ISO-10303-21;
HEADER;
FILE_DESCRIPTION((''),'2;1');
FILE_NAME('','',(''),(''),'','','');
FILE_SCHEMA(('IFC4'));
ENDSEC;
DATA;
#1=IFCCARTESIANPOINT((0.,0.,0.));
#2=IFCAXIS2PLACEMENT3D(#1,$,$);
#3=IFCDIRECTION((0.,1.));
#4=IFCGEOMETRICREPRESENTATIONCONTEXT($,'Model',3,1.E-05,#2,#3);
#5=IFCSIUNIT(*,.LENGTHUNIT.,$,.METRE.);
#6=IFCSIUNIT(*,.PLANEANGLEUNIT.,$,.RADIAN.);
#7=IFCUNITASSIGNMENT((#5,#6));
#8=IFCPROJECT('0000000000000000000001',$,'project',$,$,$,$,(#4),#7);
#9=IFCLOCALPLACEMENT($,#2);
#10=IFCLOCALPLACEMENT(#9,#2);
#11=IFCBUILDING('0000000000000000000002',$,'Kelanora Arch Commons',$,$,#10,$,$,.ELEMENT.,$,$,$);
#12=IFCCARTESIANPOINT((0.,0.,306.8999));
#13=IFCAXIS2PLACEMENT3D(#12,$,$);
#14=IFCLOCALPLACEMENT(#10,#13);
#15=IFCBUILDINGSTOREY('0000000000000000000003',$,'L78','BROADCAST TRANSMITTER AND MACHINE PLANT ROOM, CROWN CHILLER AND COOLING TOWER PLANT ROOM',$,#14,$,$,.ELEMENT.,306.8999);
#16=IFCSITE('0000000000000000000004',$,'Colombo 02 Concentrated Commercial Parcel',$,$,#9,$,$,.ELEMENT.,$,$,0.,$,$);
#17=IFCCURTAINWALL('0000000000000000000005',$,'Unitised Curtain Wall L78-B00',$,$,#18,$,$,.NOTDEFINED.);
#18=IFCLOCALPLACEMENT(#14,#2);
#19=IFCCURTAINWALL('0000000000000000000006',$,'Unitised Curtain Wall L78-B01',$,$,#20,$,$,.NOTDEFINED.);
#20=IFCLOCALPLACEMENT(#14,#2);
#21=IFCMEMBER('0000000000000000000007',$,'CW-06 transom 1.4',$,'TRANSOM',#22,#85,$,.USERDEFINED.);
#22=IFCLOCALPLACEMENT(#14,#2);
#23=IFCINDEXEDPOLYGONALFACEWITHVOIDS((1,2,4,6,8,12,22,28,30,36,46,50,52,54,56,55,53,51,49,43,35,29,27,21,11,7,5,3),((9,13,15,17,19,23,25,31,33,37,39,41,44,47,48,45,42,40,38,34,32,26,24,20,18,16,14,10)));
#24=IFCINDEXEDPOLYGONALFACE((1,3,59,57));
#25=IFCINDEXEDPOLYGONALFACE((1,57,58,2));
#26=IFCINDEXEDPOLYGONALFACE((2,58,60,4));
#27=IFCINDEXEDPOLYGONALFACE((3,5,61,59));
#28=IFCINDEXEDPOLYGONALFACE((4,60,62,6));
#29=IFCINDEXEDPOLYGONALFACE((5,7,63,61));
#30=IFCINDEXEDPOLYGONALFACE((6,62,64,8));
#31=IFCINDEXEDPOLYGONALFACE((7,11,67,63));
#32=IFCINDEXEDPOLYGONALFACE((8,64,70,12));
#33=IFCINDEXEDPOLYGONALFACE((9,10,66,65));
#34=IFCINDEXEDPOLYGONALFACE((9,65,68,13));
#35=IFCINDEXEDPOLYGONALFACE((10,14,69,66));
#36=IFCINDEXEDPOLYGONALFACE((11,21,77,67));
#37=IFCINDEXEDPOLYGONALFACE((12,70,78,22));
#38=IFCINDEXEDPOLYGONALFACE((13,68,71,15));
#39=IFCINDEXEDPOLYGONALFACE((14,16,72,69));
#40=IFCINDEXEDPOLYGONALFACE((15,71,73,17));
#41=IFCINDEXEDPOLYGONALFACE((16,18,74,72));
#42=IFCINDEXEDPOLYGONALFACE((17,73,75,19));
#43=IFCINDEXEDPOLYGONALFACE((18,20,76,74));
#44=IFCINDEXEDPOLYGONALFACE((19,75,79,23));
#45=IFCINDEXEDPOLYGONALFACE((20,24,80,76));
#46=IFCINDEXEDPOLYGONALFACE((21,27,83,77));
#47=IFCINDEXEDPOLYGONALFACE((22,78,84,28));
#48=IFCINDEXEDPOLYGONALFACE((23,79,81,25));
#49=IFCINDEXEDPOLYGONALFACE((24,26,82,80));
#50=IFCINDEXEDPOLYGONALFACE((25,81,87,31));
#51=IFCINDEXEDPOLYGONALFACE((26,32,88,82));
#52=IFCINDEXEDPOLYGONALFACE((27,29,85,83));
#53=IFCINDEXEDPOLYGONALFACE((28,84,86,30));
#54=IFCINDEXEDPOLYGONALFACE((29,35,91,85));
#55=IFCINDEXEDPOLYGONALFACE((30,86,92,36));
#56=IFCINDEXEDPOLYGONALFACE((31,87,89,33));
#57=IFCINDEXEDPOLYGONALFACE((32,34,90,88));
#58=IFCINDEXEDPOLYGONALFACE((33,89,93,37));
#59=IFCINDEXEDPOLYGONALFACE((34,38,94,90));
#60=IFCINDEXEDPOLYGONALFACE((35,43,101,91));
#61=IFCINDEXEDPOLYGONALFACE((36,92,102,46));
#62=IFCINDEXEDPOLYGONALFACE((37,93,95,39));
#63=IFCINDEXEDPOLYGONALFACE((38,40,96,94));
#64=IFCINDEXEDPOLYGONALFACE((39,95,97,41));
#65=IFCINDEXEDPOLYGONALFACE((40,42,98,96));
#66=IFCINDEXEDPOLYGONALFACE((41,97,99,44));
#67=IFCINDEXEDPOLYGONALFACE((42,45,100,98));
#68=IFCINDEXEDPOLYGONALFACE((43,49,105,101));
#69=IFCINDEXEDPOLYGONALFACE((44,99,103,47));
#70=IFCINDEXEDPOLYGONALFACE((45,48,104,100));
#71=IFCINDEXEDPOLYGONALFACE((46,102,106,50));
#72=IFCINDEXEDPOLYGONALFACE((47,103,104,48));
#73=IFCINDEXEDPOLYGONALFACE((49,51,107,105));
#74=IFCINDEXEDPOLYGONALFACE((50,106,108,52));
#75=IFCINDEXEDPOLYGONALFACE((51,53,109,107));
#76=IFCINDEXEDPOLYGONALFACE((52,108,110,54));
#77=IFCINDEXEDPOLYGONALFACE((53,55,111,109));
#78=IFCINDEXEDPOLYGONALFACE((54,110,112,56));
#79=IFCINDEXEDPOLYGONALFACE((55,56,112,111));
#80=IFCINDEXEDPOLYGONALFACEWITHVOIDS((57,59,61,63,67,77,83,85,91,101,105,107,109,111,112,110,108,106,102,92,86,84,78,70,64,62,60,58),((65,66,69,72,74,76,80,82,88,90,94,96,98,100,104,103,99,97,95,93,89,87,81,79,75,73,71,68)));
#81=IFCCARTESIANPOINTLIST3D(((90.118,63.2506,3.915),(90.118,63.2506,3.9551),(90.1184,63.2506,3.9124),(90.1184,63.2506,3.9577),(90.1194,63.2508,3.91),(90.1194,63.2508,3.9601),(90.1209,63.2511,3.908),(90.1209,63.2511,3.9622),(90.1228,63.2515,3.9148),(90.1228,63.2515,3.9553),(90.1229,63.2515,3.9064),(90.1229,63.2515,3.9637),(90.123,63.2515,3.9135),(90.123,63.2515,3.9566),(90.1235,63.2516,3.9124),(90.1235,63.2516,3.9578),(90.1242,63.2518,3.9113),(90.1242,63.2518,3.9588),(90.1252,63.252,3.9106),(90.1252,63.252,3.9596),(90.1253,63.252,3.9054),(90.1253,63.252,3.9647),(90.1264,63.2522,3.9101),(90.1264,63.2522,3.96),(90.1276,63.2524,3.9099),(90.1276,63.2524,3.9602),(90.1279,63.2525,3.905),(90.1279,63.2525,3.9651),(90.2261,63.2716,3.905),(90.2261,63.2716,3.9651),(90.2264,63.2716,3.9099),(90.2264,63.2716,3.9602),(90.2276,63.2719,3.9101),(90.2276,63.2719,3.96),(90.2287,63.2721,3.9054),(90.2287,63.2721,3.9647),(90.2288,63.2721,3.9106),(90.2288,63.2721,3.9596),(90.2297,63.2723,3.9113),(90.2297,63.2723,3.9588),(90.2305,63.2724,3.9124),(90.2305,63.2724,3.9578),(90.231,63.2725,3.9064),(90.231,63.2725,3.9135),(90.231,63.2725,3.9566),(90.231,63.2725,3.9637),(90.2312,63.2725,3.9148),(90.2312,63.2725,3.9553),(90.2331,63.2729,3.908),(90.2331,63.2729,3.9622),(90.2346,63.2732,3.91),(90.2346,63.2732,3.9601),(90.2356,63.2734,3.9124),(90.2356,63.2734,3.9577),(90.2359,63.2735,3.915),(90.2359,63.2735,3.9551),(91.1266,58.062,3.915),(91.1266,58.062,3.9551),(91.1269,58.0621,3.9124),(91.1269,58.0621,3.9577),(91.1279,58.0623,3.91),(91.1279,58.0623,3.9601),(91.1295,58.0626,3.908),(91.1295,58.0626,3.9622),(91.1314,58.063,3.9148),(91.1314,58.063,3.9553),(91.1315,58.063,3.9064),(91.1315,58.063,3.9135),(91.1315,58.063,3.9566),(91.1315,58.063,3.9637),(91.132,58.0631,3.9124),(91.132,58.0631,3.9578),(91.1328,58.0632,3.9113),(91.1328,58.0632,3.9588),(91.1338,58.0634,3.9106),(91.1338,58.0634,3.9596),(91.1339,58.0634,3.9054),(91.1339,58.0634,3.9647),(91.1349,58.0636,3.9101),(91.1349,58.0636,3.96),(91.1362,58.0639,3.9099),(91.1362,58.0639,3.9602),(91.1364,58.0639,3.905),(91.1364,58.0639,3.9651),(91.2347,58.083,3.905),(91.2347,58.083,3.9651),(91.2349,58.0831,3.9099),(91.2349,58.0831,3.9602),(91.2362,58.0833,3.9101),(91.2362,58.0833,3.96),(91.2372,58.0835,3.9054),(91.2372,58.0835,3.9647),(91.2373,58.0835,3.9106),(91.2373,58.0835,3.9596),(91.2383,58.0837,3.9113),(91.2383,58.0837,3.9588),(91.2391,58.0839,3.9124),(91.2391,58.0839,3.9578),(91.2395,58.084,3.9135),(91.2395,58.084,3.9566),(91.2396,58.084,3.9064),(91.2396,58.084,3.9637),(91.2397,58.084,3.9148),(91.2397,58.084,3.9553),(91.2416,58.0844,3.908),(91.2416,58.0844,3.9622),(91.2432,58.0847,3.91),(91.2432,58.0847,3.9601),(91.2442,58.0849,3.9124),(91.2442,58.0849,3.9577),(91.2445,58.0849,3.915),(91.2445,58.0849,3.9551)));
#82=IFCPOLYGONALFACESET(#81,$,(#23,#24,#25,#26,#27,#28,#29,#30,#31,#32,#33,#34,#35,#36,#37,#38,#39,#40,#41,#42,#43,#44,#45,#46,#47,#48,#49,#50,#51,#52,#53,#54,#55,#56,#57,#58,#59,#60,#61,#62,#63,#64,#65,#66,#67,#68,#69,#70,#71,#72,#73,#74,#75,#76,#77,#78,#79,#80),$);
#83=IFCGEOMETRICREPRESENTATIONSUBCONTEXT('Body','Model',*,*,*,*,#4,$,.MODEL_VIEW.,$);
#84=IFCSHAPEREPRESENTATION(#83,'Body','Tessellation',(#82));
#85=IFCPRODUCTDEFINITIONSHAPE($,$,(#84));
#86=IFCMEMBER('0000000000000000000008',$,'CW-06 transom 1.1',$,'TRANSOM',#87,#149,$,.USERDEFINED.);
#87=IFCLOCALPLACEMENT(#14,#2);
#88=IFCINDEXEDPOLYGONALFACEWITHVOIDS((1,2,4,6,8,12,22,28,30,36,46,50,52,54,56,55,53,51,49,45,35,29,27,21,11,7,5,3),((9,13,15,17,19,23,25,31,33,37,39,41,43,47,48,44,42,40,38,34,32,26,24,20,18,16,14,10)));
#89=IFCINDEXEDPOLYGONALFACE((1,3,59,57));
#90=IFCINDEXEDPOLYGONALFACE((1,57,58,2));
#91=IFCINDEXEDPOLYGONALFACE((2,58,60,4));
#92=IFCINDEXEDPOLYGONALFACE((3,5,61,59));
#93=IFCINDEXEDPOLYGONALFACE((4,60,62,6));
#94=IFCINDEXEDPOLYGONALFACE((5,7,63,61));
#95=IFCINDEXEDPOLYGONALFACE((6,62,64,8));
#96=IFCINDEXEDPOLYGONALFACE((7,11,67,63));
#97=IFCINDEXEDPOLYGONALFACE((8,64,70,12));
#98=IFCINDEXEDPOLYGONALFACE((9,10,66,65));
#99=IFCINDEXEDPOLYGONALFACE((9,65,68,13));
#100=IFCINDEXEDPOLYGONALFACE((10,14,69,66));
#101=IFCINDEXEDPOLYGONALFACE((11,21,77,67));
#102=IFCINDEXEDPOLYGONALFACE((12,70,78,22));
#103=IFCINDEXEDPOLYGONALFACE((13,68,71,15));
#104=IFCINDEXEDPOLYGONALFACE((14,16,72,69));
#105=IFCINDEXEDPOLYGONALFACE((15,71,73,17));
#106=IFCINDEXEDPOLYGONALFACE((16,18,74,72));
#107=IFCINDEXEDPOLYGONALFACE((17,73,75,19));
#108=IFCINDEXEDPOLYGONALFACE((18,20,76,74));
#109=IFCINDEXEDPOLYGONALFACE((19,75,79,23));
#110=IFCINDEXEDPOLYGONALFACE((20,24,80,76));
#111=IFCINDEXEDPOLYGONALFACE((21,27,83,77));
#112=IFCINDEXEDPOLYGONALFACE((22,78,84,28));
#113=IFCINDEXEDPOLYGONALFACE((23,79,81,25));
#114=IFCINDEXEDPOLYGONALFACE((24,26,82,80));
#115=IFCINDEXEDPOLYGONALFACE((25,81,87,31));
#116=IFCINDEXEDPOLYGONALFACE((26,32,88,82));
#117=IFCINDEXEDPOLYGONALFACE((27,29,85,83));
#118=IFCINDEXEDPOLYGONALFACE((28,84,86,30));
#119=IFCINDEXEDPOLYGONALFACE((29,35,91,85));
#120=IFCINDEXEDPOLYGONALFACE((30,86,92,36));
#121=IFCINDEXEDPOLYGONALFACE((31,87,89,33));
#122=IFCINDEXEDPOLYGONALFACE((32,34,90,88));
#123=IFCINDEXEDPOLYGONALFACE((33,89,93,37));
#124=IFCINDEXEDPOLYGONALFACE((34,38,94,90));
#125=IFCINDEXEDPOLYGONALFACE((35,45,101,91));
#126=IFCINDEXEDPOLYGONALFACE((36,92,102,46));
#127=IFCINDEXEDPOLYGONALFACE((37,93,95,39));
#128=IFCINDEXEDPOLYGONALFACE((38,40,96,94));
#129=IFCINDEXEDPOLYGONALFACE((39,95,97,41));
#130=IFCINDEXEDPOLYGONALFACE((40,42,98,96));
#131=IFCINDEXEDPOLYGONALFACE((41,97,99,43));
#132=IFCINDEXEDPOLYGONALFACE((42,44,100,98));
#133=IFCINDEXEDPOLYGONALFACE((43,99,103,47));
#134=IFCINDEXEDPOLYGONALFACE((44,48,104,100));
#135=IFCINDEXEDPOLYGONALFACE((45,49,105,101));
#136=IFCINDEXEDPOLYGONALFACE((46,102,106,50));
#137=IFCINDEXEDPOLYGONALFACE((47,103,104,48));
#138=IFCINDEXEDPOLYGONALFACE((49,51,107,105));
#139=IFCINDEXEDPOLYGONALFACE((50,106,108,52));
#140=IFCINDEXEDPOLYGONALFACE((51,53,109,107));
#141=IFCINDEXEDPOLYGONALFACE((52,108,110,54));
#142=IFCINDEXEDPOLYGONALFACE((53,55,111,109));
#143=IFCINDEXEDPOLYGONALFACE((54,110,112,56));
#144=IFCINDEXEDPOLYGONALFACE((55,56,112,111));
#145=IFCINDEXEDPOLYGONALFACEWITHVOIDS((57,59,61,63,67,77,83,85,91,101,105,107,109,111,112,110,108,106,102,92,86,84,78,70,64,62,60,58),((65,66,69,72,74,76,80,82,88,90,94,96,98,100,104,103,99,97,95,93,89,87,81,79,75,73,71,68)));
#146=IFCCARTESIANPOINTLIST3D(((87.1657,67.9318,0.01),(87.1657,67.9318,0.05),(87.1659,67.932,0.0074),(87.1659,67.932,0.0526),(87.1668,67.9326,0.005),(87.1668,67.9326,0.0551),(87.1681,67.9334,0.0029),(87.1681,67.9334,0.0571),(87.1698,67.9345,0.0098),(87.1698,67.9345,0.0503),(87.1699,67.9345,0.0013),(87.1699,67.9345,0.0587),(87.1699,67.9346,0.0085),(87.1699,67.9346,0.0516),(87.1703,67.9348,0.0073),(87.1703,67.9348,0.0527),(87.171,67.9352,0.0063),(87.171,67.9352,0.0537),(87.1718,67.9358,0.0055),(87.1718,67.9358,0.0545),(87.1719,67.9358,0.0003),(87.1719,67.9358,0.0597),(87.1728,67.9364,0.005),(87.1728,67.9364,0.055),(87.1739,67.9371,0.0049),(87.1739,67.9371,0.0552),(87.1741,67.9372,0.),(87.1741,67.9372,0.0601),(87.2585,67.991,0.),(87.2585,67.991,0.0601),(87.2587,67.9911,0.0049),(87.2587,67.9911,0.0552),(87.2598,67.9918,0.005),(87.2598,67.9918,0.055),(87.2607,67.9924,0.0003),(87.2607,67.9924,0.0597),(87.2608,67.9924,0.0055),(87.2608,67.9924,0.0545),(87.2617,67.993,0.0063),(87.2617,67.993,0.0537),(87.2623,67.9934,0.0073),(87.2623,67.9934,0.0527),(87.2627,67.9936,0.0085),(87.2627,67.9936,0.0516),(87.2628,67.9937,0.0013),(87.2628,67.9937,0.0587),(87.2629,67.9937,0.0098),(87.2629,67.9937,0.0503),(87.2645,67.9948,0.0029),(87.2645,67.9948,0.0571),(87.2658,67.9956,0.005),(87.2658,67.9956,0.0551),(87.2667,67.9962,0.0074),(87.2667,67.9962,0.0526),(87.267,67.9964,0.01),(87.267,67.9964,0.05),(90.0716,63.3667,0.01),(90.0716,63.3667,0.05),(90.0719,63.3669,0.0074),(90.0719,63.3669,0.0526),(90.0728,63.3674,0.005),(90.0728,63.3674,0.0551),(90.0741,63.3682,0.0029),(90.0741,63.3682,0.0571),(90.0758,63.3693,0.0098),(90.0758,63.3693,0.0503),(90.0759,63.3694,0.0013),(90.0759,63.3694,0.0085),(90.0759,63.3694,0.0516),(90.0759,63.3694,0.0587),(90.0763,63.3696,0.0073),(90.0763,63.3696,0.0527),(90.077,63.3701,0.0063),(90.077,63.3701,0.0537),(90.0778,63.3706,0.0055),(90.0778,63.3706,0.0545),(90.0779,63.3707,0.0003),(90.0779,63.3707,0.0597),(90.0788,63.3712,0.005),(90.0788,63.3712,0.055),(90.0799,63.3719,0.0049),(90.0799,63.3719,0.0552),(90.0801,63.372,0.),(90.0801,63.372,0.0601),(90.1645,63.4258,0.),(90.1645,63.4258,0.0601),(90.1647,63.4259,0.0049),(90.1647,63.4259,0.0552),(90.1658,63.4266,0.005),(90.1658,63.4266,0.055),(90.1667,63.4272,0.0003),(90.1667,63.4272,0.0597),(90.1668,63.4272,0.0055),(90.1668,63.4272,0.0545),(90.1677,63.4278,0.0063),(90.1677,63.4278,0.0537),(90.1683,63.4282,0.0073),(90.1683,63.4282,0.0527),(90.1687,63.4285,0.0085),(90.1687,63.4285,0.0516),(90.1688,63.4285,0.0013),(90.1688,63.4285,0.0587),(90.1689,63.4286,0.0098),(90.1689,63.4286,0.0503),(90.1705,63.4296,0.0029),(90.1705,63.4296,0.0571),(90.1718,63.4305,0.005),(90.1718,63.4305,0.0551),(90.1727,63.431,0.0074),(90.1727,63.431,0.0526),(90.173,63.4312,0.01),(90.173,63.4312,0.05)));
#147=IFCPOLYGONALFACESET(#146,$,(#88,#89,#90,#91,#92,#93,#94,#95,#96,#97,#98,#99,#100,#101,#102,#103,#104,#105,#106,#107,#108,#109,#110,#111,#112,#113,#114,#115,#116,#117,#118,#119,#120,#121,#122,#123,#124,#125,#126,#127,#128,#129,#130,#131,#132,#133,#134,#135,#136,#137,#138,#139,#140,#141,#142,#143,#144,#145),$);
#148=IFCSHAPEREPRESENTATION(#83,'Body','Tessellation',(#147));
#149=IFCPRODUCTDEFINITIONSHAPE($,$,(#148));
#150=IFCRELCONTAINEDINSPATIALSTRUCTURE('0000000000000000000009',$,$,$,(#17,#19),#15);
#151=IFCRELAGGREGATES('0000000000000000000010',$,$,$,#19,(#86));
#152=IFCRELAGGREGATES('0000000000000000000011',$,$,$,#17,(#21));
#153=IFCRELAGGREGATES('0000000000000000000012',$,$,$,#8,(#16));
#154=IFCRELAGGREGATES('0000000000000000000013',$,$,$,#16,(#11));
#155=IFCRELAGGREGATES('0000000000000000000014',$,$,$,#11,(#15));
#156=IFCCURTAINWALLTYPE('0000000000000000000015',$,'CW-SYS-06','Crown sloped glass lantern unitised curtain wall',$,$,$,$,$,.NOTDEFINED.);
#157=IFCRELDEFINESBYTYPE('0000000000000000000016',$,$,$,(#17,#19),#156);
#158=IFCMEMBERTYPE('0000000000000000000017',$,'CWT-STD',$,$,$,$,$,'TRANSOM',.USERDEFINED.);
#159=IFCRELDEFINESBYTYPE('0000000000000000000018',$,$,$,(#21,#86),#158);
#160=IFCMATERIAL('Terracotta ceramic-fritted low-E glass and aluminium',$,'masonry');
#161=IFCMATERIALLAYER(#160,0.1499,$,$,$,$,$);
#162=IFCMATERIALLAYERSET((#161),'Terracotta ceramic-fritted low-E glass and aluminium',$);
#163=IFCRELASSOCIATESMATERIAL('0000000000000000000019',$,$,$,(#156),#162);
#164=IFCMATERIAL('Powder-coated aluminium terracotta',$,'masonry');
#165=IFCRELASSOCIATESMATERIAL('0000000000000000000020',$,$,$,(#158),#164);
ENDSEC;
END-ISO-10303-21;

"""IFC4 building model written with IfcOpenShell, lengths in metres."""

from ifc_helpers import new_model, si_unit, direction, frame, origin, origin_2d, place, context, subcontext, project, spatial, hollow_rectangle, extrude, material, layer, layer_set, material_profile, profile_set, type_object, element, aggregate, save


model = new_model("IFC4")

# Units and contexts
model_context = context("Model", 3, precision=1e-05, world=origin(), true_north=direction((0.0, 1.0)))
body_context = subcontext(model_context, "Body", "Model", "MODEL_VIEW")
ifc_project = project(units=[si_unit("LENGTHUNIT", "METRE"), si_unit("PLANEANGLEUNIT", "RADIAN")], contexts=[model_context])

# Site, building, storey
site_placement = place(None, origin())
site = spatial("IfcSite", under=ifc_project, at=site_placement, Name="Colombo 02 Concentrated Commercial Parcel", CompositionType="ELEMENT", RefElevation=0.0)
building_placement = place(site_placement, origin())
building = spatial("IfcBuilding", under=site, at=building_placement, Name="Kelanora Arch Commons", CompositionType="ELEMENT")
storey_placement = place(building_placement, frame((0.0, 0.0, 306.8999)))
storey = spatial("IfcBuildingStorey", under=building, at=storey_placement, Name="L78", Description="BROADCAST TRANSMITTER AND MACHINE PLANT ROOM, CROWN CHILLER AND COOLING TOWER PLANT ROOM", CompositionType="ELEMENT", Elevation=306.8999)

# Curtain wall
ifc_material_1 = material(Name="Terracotta ceramic-fritted low-E glass and aluminium", Category="masonry")
ifc_layer_1 = layer(ifc_material_1, 0.1499)
ifc_layer_set_1 = layer_set([ifc_layer_1], Name="Terracotta ceramic-fritted low-E glass and aluminium")
curtain_wall_type = type_object("IfcCurtainWallType", Name="CW-SYS-06", Description="Crown sloped glass lantern unitised curtain wall", PredefinedType="NOTDEFINED", material=ifc_layer_set_1)
curtain_wall_1_placement = place(storey_placement, origin())
curtain_wall_1 = element("IfcCurtainWall", 1, at=curtain_wall_1_placement, inside=storey, type_object=curtain_wall_type, Name="Unitised Curtain Wall L78-B00", PredefinedType="NOTDEFINED")
ifc_material_2 = material(Name="Powder-coated aluminium terracotta", Category="masonry")

# Curtain wall
curtain_wall_2_placement = place(storey_placement, origin())
curtain_wall_2 = element("IfcCurtainWall", 2, at=curtain_wall_2_placement, inside=storey, type_object=curtain_wall_type, Name="Unitised Curtain Wall L78-B01", PredefinedType="NOTDEFINED")

# Members
ifc_material_profile_1 = material_profile(ifc_material_2, hollow_rectangle(XDim=0.1201, YDim=0.0601, WallThickness=0.0049, InnerFilletRadius=0.0049, OuterFilletRadius=0.01, at=origin_2d()), Name="CWT120x60")
ifc_profile_set_1 = profile_set([ifc_material_profile_1], Name="Powder-coated aluminium terracotta")
member_type_1 = type_object("IfcMemberType", Name="CWT-STD", ElementType="TRANSOM", PredefinedType="USERDEFINED", material=ifc_profile_set_1)
member_1_placement = place(storey_placement, frame((91.1855, 58.0735, 3.9351), z_axis=(-0.19081, 0.981627, 0.0), x_axis=(-0.981627, -0.19081, 0.0)))
member_1 = element("IfcMember", 3, at=member_1_placement, type_object=member_type_1, Name="CW-06 transom 1.4", ObjectType="TRANSOM", PredefinedType="USERDEFINED", context=body_context, shape_type="SweptSolid", body=[
    extrude(hollow_rectangle(XDim=0.1201, YDim=0.0601, WallThickness=0.0049, InnerFilletRadius=0.0049, OuterFilletRadius=0.01, at=origin_2d()), origin(), (0.0, 0.0, 1.0), 5.2856),
])
member_2_placement = place(storey_placement, frame((90.1223, 63.3989, 0.03), z_axis=(-0.536992, 0.843587, 0.0), x_axis=(-0.843587, -0.536992, 0.0)))
member_2 = element("IfcMember", 4, at=member_2_placement, type_object=member_type_1, Name="CW-06 transom 1.1", ObjectType="TRANSOM", PredefinedType="USERDEFINED", context=body_context, shape_type="SweptSolid", body=[
    extrude(hollow_rectangle(XDim=0.1201, YDim=0.0601, WallThickness=0.0049, InnerFilletRadius=0.0049, OuterFilletRadius=0.01, at=origin_2d()), origin(), (0.0, 0.0, 1.0), 5.4116),
])
aggregate(curtain_wall_2, [member_2])

aggregate(curtain_wall_1, [member_1])

save(model, "model.ifc")
